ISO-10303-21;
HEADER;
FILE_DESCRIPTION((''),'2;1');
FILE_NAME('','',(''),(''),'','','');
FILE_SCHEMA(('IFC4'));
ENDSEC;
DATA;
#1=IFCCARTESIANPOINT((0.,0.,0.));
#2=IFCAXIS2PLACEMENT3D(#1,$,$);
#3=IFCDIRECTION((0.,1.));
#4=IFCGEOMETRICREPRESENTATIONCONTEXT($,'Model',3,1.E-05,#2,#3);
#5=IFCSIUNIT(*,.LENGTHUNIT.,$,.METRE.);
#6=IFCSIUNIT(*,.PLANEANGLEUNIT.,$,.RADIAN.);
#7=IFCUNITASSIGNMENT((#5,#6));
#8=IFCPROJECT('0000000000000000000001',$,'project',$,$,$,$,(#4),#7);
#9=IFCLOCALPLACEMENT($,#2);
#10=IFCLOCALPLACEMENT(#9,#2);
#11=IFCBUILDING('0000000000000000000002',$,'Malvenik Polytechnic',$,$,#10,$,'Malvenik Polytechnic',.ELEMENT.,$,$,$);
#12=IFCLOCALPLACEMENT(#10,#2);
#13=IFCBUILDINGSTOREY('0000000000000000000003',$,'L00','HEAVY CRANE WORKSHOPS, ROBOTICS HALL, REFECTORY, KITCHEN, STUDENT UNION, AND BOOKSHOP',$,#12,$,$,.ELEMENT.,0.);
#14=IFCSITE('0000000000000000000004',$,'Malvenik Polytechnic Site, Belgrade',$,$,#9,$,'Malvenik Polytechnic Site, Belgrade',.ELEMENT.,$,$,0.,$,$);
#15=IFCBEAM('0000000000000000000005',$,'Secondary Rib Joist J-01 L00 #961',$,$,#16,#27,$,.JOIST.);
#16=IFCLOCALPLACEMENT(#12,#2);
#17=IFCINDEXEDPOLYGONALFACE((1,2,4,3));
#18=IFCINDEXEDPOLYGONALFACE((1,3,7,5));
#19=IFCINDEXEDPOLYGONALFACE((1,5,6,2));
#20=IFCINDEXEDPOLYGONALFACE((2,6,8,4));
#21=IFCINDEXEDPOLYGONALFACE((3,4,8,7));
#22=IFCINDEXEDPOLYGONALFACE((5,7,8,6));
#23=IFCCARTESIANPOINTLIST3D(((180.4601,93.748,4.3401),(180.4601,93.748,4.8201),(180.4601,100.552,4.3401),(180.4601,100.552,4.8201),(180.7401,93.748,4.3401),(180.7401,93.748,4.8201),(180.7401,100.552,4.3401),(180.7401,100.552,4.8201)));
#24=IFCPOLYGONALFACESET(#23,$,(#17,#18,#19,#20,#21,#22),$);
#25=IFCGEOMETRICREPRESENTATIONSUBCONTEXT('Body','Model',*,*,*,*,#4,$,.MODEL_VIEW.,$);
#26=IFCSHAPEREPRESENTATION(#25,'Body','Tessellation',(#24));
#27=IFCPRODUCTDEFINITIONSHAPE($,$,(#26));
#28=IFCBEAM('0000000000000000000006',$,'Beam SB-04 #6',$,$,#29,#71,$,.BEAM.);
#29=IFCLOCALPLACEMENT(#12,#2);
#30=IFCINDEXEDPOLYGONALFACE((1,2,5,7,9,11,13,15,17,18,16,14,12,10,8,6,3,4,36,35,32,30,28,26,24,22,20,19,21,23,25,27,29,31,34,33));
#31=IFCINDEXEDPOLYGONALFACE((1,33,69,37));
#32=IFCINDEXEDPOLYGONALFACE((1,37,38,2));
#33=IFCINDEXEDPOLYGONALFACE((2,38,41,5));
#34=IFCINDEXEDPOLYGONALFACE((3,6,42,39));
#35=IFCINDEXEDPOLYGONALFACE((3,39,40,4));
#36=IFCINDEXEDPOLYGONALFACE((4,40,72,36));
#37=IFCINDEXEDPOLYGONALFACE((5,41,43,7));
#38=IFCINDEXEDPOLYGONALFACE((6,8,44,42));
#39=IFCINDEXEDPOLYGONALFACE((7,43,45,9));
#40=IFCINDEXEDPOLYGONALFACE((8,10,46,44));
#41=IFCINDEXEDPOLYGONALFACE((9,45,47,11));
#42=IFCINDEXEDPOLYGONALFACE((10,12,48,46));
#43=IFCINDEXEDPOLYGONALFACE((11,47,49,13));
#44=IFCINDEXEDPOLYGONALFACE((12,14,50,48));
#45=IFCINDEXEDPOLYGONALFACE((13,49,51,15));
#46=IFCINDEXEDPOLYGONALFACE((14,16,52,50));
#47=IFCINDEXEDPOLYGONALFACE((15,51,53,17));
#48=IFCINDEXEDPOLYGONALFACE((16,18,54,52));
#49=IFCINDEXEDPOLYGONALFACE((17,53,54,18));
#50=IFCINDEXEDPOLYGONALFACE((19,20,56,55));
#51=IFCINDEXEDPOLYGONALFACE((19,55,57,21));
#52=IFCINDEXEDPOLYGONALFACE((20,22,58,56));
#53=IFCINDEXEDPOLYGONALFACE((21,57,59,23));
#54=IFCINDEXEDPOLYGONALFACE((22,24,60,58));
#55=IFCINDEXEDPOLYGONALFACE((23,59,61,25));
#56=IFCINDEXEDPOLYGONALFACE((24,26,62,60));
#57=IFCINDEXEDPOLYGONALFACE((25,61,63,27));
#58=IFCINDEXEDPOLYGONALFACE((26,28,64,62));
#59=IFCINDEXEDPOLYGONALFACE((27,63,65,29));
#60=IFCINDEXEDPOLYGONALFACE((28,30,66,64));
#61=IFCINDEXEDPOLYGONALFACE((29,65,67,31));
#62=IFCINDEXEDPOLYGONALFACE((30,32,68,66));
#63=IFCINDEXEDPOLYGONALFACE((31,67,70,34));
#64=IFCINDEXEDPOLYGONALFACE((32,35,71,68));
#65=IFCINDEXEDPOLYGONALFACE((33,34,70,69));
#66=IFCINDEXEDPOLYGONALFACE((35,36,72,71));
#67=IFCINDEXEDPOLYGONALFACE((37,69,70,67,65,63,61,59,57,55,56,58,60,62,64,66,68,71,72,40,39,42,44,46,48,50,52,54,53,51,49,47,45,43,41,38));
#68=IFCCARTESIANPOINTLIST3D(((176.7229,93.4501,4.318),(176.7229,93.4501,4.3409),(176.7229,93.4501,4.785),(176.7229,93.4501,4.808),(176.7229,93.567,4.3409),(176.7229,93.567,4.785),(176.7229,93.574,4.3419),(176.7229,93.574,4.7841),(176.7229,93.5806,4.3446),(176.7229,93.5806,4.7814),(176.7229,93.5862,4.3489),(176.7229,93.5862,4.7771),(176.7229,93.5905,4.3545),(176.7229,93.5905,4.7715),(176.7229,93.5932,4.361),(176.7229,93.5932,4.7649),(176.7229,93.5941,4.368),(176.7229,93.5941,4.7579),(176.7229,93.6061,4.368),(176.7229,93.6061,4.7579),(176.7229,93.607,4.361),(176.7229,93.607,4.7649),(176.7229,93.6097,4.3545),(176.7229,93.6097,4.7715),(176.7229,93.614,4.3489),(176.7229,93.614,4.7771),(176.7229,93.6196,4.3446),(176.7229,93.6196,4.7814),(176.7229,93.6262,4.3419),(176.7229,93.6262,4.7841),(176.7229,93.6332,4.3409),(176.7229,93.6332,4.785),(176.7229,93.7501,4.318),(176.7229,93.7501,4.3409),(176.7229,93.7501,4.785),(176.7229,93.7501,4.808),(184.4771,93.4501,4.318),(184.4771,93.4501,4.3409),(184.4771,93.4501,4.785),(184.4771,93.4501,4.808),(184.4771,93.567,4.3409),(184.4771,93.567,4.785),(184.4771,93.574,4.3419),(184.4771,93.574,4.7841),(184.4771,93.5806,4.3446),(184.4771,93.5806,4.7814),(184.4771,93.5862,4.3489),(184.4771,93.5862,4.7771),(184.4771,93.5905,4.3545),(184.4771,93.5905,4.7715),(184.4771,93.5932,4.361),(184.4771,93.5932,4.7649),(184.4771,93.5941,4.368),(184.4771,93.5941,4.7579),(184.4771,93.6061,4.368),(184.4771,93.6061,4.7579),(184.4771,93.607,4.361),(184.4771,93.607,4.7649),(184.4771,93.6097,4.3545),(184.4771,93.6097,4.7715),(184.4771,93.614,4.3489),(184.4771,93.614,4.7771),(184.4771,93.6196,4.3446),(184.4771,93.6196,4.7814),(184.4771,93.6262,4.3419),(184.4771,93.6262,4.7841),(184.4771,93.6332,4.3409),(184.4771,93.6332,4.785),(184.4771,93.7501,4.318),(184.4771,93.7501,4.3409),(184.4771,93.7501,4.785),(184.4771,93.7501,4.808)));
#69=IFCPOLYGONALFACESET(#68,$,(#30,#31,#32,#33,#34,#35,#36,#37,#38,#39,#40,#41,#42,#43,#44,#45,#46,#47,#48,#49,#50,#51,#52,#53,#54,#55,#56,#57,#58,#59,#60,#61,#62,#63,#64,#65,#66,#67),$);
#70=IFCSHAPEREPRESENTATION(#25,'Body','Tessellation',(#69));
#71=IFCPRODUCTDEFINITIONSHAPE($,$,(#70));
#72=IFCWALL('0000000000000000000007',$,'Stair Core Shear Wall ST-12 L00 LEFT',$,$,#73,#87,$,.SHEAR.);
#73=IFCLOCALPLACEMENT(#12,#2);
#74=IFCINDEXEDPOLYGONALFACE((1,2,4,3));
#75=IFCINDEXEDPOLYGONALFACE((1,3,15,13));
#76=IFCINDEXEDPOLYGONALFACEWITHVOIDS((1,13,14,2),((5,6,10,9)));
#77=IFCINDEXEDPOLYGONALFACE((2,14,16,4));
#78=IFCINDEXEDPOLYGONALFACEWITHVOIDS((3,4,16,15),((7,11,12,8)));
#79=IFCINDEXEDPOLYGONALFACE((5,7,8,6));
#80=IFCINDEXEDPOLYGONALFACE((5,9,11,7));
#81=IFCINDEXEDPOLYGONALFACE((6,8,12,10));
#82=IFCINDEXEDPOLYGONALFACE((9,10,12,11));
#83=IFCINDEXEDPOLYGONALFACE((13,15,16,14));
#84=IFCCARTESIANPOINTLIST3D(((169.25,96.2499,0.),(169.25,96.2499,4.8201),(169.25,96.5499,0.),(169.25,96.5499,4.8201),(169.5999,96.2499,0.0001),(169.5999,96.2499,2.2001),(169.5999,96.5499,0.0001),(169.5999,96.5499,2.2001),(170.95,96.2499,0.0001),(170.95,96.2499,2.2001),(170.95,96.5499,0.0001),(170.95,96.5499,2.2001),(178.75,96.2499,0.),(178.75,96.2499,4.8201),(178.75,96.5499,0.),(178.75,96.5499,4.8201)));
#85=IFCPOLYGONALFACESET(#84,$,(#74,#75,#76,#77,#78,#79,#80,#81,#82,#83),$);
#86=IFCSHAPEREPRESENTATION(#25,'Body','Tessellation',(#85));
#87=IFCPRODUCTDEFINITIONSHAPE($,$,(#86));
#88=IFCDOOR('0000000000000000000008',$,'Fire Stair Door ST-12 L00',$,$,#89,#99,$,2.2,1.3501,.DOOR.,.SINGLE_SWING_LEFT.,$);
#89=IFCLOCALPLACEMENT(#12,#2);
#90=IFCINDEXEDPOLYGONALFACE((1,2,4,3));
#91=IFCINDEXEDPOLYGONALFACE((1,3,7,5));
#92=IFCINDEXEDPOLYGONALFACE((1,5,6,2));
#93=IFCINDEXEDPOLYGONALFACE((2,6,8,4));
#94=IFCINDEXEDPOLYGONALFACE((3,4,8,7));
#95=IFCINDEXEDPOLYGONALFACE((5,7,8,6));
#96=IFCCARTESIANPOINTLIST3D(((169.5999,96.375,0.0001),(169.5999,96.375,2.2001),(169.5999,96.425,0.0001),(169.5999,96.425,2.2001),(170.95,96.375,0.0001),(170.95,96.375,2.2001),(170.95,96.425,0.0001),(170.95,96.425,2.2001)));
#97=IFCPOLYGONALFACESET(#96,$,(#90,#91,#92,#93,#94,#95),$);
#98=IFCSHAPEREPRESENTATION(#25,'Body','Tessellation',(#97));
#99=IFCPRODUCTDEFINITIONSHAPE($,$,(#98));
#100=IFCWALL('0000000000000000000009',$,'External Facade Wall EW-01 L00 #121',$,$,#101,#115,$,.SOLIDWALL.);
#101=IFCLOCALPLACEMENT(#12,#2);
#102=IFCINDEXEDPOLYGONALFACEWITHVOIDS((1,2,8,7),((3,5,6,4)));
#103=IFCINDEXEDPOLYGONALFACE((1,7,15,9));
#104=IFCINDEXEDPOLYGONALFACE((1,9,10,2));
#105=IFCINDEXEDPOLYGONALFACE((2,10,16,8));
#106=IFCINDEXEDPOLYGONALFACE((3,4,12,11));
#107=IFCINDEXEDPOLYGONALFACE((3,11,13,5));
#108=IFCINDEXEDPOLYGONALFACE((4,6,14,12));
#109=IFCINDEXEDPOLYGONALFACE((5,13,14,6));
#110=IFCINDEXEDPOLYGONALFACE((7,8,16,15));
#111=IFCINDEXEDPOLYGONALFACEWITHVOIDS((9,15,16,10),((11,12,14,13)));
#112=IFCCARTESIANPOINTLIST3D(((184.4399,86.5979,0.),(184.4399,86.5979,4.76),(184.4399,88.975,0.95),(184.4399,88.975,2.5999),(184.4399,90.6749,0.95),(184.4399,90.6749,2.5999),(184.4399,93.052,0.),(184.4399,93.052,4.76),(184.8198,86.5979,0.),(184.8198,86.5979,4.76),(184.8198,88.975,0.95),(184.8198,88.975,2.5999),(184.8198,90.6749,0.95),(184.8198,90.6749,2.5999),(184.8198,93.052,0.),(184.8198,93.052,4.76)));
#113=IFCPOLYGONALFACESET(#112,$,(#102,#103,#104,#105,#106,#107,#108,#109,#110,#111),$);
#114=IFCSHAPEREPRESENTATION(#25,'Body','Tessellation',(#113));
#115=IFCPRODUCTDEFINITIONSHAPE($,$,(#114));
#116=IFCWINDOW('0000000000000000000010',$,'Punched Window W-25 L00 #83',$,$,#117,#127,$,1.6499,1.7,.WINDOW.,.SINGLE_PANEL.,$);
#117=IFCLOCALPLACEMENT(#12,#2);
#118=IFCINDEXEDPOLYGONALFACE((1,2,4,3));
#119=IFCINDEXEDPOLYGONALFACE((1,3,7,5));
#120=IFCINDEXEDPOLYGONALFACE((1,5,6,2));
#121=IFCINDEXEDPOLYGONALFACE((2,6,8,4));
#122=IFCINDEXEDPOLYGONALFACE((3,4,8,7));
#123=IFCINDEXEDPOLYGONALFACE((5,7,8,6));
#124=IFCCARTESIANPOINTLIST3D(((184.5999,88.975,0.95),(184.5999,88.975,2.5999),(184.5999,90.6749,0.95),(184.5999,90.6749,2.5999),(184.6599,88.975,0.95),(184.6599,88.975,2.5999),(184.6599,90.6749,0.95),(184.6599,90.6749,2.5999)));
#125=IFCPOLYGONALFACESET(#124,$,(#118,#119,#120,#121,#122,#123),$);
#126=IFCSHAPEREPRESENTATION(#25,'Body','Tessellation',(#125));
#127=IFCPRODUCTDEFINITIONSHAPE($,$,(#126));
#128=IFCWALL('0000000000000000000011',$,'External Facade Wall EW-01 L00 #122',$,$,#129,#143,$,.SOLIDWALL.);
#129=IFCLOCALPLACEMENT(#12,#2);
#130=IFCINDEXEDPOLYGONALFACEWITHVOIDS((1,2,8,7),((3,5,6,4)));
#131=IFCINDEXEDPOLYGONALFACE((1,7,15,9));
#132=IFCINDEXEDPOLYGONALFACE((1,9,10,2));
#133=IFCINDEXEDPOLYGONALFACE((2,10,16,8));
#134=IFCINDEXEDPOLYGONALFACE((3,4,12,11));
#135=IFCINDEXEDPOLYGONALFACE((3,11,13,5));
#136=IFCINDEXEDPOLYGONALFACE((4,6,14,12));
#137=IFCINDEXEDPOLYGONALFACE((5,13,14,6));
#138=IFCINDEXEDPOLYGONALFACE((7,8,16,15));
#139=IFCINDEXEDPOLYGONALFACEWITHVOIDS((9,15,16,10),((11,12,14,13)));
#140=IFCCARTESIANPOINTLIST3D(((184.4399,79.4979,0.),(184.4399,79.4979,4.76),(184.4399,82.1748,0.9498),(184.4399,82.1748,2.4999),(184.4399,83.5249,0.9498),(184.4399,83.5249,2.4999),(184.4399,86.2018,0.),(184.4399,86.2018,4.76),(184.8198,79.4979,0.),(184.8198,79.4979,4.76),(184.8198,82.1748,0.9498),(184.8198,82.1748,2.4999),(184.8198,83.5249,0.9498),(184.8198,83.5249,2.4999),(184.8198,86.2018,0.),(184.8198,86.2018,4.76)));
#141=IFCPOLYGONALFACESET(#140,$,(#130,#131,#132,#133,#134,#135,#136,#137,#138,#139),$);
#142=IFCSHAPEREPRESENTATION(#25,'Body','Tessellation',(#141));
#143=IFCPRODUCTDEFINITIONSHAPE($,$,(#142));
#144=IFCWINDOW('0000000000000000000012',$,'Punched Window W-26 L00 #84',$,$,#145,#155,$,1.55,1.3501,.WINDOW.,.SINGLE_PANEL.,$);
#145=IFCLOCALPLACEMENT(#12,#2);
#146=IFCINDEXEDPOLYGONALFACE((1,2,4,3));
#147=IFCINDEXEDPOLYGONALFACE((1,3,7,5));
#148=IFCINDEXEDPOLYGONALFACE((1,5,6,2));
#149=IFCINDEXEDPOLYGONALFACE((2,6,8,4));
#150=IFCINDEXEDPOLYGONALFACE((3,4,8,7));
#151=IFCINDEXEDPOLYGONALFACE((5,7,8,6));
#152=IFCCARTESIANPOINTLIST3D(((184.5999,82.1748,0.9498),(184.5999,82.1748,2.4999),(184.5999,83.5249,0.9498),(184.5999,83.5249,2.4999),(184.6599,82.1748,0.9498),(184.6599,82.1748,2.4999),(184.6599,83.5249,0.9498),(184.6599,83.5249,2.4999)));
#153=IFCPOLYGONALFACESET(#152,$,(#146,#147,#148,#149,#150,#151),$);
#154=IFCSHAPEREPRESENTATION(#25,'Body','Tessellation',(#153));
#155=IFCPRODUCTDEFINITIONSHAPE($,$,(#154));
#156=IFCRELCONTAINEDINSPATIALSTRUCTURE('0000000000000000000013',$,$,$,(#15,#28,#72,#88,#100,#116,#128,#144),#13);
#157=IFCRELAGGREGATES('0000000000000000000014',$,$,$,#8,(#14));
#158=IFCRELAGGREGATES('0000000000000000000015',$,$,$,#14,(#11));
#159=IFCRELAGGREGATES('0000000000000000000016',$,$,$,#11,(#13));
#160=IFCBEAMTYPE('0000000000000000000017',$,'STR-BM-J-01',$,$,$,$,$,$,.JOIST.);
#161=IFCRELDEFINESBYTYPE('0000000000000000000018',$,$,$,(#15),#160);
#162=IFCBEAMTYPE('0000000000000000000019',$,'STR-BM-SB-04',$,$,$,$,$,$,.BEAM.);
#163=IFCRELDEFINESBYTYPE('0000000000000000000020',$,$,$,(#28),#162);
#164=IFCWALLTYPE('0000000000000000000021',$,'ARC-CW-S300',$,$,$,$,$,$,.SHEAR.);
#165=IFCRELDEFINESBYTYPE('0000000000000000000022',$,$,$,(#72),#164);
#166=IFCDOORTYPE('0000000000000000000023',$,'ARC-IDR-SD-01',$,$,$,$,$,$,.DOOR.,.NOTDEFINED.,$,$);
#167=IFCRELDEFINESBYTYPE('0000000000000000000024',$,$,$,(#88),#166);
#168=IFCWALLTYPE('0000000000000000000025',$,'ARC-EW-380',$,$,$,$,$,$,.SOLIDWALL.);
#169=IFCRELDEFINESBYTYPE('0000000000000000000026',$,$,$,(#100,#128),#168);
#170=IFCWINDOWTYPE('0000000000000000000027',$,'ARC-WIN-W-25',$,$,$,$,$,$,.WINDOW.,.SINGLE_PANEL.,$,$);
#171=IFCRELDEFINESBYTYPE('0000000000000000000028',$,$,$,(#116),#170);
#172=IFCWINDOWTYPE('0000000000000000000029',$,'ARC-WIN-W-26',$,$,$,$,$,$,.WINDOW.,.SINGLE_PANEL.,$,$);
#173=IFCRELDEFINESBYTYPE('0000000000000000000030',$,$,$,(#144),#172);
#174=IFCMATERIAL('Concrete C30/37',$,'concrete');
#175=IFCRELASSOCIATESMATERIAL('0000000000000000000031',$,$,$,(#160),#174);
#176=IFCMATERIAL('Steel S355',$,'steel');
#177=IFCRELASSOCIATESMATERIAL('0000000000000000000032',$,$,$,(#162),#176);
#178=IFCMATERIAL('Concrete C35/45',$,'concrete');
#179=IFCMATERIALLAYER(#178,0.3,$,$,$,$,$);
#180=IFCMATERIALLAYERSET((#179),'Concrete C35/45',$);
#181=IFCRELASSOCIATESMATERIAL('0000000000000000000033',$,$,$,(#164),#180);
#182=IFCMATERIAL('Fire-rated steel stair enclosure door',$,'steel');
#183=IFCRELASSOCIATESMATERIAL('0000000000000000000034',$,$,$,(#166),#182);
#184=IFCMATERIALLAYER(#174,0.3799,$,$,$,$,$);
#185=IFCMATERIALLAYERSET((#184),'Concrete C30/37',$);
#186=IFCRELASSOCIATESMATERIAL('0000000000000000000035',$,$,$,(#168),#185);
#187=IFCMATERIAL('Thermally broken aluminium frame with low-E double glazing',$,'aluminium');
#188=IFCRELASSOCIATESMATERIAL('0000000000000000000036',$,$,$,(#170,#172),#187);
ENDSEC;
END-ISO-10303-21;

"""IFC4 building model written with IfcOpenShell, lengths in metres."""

from ifc_helpers import new_model, si_unit, direction, frame, frame_2d, origin, origin_2d, place, context, subcontext, project, spatial, rectangle, i_section, extrude, material, layer, layer_set, material_profile, profile_set, type_object, element, fill, save


model = new_model("IFC4")

# Units and contexts
model_context = context("Model", 3, precision=1e-05, world=origin(), true_north=direction((0.0, 1.0)))
body_context = subcontext(model_context, "Body", "Model", "MODEL_VIEW")
ifc_project = project(units=[si_unit("LENGTHUNIT", "METRE"), si_unit("PLANEANGLEUNIT", "RADIAN")], contexts=[model_context])

# Site, building, storey
site_placement = place(None, origin())
site = spatial("IfcSite", under=ifc_project, at=site_placement, Name="Malvenik Polytechnic Site, Belgrade", LongName="Malvenik Polytechnic Site, Belgrade", CompositionType="ELEMENT", RefElevation=0.0)
building_placement = place(site_placement, origin())
building = spatial("IfcBuilding", under=site, at=building_placement, Name="Malvenik Polytechnic", LongName="Malvenik Polytechnic", CompositionType="ELEMENT")
storey_placement = place(building_placement, origin())
storey = spatial("IfcBuildingStorey", under=building, at=storey_placement, Name="L00", Description="HEAVY CRANE WORKSHOPS, ROBOTICS HALL, REFECTORY, KITCHEN, STUDENT UNION, AND BOOKSHOP", CompositionType="ELEMENT", Elevation=0.0)

# Shared definitions
ifc_material_1 = material(Name="Concrete C35/45", Category="concrete")
ifc_material_2 = material(Name="Concrete C30/37", Category="concrete")
ifc_material_3 = material(Name="Steel S355", Category="steel")

# Beams
ifc_material_profile_1 = material_profile(ifc_material_2, rectangle(XDim=0.28, YDim=0.48, at=origin_2d()), Name="RC JST 280x480")
ifc_profile_set_1 = profile_set([ifc_material_profile_1], Name="Concrete C30/37")
beam_type_1 = type_object("IfcBeamType", Name="STR-BM-J-01", PredefinedType="JOIST", material=ifc_profile_set_1)
beam_1_placement = place(storey_placement, frame((180.6001, 93.748, 4.5801), z_axis=(0.0, 1.0, 0.0), x_axis=(-1.0, 0.0, 0.0)))
element("IfcBeam", 1, at=beam_1_placement, inside=storey, type_object=beam_type_1, Name="Secondary Rib Joist J-01 L00 #961", PredefinedType="JOIST", context=body_context, shape_type="SweptSolid", body=[
    extrude(rectangle(XDim=0.28, YDim=0.48, at=origin_2d()), origin(), (0.0, 0.0, 1.0), 6.804),
])
ifc_material_profile_2 = material_profile(ifc_material_3, i_section(OverallWidth=0.3, OverallDepth=0.49, WebThickness=0.012, FlangeThickness=0.0229, FilletRadius=0.0271, at=origin_2d()), Name="HEA 500")
ifc_profile_set_2 = profile_set([ifc_material_profile_2], Name="Steel S355")
beam_type_2 = type_object("IfcBeamType", Name="STR-BM-SB-04", PredefinedType="BEAM", material=ifc_profile_set_2)
beam_2_placement = place(storey_placement, frame((176.7229, 93.6001, 4.563), z_axis=(1.0, 0.0, 0.0), x_axis=(0.0, 1.0, 0.0)))
element("IfcBeam", 2, at=beam_2_placement, inside=storey, type_object=beam_type_2, Name="Beam SB-04 #6", PredefinedType="BEAM", context=body_context, shape_type="SweptSolid", body=[
    extrude(i_section(OverallWidth=0.3, OverallDepth=0.49, WebThickness=0.012, FlangeThickness=0.0229, FilletRadius=0.0271, at=origin_2d()), origin(), (0.0, 0.0, 1.0), 7.7542),
])

# Wall, opening, door
ifc_layer_1 = layer(ifc_material_1, 0.3)
ifc_layer_set_1 = layer_set([ifc_layer_1], Name="Concrete C35/45")
wall_type_1 = type_object("IfcWallType", Name="ARC-CW-S300", PredefinedType="SHEAR", material=ifc_layer_set_1)
wall_1_placement = place(storey_placement, frame((178.75, 96.3999, 0.0), z_axis=(0.0, 0.0, 1.0), x_axis=(-1.0, 0.0, 0.0)))
wall_1 = element("IfcWall", 3, at=wall_1_placement, inside=storey, type_object=wall_type_1, Name="Stair Core Shear Wall ST-12 L00 LEFT", PredefinedType="SHEAR", context=body_context, shape_type="SweptSolid", body=[
    extrude(rectangle(XDim=9.5, YDim=0.3, at=frame_2d((4.75, 0.0))), origin(), (0.0, 0.0, 1.0), 4.8201),
])
opening_1_placement = place(wall_1_placement, frame((7.8, 0.0, 0.0)))
opening_1 = element("IfcOpeningElement", 4, at=opening_1_placement, cuts=wall_1, PredefinedType="OPENING", context=body_context, shape_type="SweptSolid", body=[
    extrude(rectangle(XDim=1.3501, YDim=2.2, at=frame_2d((0.675, 1.1001))), frame((0.0, 0.1602, 0.0), z_axis=(0.0, -1.0, 0.0), x_axis=(1.0, 0.0, 0.0)), (0.0, 0.0, 1.0), 0.3201),
])
ifc_material_4 = material(Name="Fire-rated steel stair enclosure door", Category="steel")
door_type = type_object("IfcDoorType", Name="ARC-IDR-SD-01", OperationType="NOTDEFINED", PredefinedType="DOOR", material=ifc_material_4)
door_placement = place(opening_1_placement, origin())
door = element("IfcDoor", 5, at=door_placement, inside=storey, type_object=door_type, Name="Fire Stair Door ST-12 L00", OperationType="SINGLE_SWING_LEFT", OverallHeight=2.2, OverallWidth=1.3501, PredefinedType="DOOR", context=body_context, shape_type="SweptSolid", body=[
    extrude(rectangle(XDim=1.3501, YDim=2.2, at=frame_2d((0.675, 1.1001))), frame((0.0, 0.0249, 0.0), z_axis=(0.0, -1.0, 0.0), x_axis=(1.0, 0.0, 0.0)), (0.0, 0.0, 1.0), 0.05),
])
fill(opening_1, door)

# Walls, openings, windows
ifc_layer_2 = layer(ifc_material_2, 0.3799)
ifc_layer_set_2 = layer_set([ifc_layer_2], Name="Concrete C30/37")
wall_type_2 = type_object("IfcWallType", Name="ARC-EW-380", PredefinedType="SOLIDWALL", material=ifc_layer_set_2)
wall_2_placement = place(storey_placement, frame((184.6299, 93.052, 0.0), z_axis=(0.0, 0.0, 1.0), x_axis=(0.0, -1.0, 0.0)))
wall_2 = element("IfcWall", 6, at=wall_2_placement, inside=storey, type_object=wall_type_2, Name="External Facade Wall EW-01 L00 #121", PredefinedType="SOLIDWALL", context=body_context, shape_type="SweptSolid", body=[
    extrude(rectangle(XDim=6.4541, YDim=0.3799, at=frame_2d((3.2271, 0.0))), origin(), (0.0, 0.0, 1.0), 4.76),
])
opening_2_placement = place(wall_2_placement, frame((2.377, 0.0, 0.95)))
opening_2 = element("IfcOpeningElement", 7, at=opening_2_placement, cuts=wall_2, PredefinedType="OPENING", context=body_context, shape_type="SweptSolid", body=[
    extrude(rectangle(XDim=1.7, YDim=1.6499, at=frame_2d((0.8501, 0.825))), frame((0.0, 0.2, 0.0), z_axis=(0.0, -1.0, 0.0), x_axis=(1.0, 0.0, 0.0)), (0.0, 0.0, 1.0), 0.3999),
])
ifc_material_5 = material(Name="Thermally broken aluminium frame with low-E double glazing", Category="aluminium")
window_type_1 = type_object("IfcWindowType", Name="ARC-WIN-W-25", PartitioningType="SINGLE_PANEL", PredefinedType="WINDOW", material=ifc_material_5)
window_1_placement = place(opening_2_placement, origin())
window_1 = element("IfcWindow", 8, at=window_1_placement, inside=storey, type_object=window_type_1, Name="Punched Window W-25 L00 #83", OverallHeight=1.6499, OverallWidth=1.7, PartitioningType="SINGLE_PANEL", PredefinedType="WINDOW", context=body_context, shape_type="SweptSolid", body=[
    extrude(rectangle(XDim=1.7, YDim=1.6499, at=frame_2d((0.8501, 0.825))), frame((0.0, 0.03, 0.0), z_axis=(0.0, -1.0, 0.0), x_axis=(1.0, 0.0, 0.0)), (0.0, 0.0, 1.0), 0.0601),
])
fill(opening_2, window_1)
wall_3_placement = place(storey_placement, frame((184.6299, 86.2019, 0.0), z_axis=(0.0, 0.0, 1.0), x_axis=(0.0, -1.0, 0.0)))
wall_3 = element("IfcWall", 9, at=wall_3_placement, inside=storey, type_object=wall_type_2, Name="External Facade Wall EW-01 L00 #122", PredefinedType="SOLIDWALL", context=body_context, shape_type="SweptSolid", body=[
    extrude(rectangle(XDim=6.7039, YDim=0.3799, at=frame_2d((3.3521, 0.0))), origin(), (0.0, 0.0, 1.0), 4.76),
])
opening_3_placement = place(wall_3_placement, frame((2.677, 0.0, 0.95)))
opening_3 = element("IfcOpeningElement", 10, at=opening_3_placement, cuts=wall_3, PredefinedType="OPENING", context=body_context, shape_type="SweptSolid", body=[
    extrude(rectangle(XDim=1.3501, YDim=1.55, at=frame_2d((0.675, 0.7749))), frame((0.0, 0.2, 0.0), z_axis=(0.0, -1.0, 0.0), x_axis=(1.0, 0.0, 0.0)), (0.0, 0.0, 1.0), 0.3999),
])
window_type_2 = type_object("IfcWindowType", Name="ARC-WIN-W-26", PartitioningType="SINGLE_PANEL", PredefinedType="WINDOW", material=ifc_material_5)
window_2_placement = place(opening_3_placement, origin())
window_2 = element("IfcWindow", 11, at=window_2_placement, inside=storey, type_object=window_type_2, Name="Punched Window W-26 L00 #84", OverallHeight=1.55, OverallWidth=1.3501, PartitioningType="SINGLE_PANEL", PredefinedType="WINDOW", context=body_context, shape_type="SweptSolid", body=[
    extrude(rectangle(XDim=1.3501, YDim=1.55, at=frame_2d((0.675, 0.7749))), frame((0.0, 0.03, 0.0), z_axis=(0.0, -1.0, 0.0), x_axis=(1.0, 0.0, 0.0)), (0.0, 0.0, 1.0), 0.0601),
])
fill(opening_3, window_2)

save(model, "model.ifc")
